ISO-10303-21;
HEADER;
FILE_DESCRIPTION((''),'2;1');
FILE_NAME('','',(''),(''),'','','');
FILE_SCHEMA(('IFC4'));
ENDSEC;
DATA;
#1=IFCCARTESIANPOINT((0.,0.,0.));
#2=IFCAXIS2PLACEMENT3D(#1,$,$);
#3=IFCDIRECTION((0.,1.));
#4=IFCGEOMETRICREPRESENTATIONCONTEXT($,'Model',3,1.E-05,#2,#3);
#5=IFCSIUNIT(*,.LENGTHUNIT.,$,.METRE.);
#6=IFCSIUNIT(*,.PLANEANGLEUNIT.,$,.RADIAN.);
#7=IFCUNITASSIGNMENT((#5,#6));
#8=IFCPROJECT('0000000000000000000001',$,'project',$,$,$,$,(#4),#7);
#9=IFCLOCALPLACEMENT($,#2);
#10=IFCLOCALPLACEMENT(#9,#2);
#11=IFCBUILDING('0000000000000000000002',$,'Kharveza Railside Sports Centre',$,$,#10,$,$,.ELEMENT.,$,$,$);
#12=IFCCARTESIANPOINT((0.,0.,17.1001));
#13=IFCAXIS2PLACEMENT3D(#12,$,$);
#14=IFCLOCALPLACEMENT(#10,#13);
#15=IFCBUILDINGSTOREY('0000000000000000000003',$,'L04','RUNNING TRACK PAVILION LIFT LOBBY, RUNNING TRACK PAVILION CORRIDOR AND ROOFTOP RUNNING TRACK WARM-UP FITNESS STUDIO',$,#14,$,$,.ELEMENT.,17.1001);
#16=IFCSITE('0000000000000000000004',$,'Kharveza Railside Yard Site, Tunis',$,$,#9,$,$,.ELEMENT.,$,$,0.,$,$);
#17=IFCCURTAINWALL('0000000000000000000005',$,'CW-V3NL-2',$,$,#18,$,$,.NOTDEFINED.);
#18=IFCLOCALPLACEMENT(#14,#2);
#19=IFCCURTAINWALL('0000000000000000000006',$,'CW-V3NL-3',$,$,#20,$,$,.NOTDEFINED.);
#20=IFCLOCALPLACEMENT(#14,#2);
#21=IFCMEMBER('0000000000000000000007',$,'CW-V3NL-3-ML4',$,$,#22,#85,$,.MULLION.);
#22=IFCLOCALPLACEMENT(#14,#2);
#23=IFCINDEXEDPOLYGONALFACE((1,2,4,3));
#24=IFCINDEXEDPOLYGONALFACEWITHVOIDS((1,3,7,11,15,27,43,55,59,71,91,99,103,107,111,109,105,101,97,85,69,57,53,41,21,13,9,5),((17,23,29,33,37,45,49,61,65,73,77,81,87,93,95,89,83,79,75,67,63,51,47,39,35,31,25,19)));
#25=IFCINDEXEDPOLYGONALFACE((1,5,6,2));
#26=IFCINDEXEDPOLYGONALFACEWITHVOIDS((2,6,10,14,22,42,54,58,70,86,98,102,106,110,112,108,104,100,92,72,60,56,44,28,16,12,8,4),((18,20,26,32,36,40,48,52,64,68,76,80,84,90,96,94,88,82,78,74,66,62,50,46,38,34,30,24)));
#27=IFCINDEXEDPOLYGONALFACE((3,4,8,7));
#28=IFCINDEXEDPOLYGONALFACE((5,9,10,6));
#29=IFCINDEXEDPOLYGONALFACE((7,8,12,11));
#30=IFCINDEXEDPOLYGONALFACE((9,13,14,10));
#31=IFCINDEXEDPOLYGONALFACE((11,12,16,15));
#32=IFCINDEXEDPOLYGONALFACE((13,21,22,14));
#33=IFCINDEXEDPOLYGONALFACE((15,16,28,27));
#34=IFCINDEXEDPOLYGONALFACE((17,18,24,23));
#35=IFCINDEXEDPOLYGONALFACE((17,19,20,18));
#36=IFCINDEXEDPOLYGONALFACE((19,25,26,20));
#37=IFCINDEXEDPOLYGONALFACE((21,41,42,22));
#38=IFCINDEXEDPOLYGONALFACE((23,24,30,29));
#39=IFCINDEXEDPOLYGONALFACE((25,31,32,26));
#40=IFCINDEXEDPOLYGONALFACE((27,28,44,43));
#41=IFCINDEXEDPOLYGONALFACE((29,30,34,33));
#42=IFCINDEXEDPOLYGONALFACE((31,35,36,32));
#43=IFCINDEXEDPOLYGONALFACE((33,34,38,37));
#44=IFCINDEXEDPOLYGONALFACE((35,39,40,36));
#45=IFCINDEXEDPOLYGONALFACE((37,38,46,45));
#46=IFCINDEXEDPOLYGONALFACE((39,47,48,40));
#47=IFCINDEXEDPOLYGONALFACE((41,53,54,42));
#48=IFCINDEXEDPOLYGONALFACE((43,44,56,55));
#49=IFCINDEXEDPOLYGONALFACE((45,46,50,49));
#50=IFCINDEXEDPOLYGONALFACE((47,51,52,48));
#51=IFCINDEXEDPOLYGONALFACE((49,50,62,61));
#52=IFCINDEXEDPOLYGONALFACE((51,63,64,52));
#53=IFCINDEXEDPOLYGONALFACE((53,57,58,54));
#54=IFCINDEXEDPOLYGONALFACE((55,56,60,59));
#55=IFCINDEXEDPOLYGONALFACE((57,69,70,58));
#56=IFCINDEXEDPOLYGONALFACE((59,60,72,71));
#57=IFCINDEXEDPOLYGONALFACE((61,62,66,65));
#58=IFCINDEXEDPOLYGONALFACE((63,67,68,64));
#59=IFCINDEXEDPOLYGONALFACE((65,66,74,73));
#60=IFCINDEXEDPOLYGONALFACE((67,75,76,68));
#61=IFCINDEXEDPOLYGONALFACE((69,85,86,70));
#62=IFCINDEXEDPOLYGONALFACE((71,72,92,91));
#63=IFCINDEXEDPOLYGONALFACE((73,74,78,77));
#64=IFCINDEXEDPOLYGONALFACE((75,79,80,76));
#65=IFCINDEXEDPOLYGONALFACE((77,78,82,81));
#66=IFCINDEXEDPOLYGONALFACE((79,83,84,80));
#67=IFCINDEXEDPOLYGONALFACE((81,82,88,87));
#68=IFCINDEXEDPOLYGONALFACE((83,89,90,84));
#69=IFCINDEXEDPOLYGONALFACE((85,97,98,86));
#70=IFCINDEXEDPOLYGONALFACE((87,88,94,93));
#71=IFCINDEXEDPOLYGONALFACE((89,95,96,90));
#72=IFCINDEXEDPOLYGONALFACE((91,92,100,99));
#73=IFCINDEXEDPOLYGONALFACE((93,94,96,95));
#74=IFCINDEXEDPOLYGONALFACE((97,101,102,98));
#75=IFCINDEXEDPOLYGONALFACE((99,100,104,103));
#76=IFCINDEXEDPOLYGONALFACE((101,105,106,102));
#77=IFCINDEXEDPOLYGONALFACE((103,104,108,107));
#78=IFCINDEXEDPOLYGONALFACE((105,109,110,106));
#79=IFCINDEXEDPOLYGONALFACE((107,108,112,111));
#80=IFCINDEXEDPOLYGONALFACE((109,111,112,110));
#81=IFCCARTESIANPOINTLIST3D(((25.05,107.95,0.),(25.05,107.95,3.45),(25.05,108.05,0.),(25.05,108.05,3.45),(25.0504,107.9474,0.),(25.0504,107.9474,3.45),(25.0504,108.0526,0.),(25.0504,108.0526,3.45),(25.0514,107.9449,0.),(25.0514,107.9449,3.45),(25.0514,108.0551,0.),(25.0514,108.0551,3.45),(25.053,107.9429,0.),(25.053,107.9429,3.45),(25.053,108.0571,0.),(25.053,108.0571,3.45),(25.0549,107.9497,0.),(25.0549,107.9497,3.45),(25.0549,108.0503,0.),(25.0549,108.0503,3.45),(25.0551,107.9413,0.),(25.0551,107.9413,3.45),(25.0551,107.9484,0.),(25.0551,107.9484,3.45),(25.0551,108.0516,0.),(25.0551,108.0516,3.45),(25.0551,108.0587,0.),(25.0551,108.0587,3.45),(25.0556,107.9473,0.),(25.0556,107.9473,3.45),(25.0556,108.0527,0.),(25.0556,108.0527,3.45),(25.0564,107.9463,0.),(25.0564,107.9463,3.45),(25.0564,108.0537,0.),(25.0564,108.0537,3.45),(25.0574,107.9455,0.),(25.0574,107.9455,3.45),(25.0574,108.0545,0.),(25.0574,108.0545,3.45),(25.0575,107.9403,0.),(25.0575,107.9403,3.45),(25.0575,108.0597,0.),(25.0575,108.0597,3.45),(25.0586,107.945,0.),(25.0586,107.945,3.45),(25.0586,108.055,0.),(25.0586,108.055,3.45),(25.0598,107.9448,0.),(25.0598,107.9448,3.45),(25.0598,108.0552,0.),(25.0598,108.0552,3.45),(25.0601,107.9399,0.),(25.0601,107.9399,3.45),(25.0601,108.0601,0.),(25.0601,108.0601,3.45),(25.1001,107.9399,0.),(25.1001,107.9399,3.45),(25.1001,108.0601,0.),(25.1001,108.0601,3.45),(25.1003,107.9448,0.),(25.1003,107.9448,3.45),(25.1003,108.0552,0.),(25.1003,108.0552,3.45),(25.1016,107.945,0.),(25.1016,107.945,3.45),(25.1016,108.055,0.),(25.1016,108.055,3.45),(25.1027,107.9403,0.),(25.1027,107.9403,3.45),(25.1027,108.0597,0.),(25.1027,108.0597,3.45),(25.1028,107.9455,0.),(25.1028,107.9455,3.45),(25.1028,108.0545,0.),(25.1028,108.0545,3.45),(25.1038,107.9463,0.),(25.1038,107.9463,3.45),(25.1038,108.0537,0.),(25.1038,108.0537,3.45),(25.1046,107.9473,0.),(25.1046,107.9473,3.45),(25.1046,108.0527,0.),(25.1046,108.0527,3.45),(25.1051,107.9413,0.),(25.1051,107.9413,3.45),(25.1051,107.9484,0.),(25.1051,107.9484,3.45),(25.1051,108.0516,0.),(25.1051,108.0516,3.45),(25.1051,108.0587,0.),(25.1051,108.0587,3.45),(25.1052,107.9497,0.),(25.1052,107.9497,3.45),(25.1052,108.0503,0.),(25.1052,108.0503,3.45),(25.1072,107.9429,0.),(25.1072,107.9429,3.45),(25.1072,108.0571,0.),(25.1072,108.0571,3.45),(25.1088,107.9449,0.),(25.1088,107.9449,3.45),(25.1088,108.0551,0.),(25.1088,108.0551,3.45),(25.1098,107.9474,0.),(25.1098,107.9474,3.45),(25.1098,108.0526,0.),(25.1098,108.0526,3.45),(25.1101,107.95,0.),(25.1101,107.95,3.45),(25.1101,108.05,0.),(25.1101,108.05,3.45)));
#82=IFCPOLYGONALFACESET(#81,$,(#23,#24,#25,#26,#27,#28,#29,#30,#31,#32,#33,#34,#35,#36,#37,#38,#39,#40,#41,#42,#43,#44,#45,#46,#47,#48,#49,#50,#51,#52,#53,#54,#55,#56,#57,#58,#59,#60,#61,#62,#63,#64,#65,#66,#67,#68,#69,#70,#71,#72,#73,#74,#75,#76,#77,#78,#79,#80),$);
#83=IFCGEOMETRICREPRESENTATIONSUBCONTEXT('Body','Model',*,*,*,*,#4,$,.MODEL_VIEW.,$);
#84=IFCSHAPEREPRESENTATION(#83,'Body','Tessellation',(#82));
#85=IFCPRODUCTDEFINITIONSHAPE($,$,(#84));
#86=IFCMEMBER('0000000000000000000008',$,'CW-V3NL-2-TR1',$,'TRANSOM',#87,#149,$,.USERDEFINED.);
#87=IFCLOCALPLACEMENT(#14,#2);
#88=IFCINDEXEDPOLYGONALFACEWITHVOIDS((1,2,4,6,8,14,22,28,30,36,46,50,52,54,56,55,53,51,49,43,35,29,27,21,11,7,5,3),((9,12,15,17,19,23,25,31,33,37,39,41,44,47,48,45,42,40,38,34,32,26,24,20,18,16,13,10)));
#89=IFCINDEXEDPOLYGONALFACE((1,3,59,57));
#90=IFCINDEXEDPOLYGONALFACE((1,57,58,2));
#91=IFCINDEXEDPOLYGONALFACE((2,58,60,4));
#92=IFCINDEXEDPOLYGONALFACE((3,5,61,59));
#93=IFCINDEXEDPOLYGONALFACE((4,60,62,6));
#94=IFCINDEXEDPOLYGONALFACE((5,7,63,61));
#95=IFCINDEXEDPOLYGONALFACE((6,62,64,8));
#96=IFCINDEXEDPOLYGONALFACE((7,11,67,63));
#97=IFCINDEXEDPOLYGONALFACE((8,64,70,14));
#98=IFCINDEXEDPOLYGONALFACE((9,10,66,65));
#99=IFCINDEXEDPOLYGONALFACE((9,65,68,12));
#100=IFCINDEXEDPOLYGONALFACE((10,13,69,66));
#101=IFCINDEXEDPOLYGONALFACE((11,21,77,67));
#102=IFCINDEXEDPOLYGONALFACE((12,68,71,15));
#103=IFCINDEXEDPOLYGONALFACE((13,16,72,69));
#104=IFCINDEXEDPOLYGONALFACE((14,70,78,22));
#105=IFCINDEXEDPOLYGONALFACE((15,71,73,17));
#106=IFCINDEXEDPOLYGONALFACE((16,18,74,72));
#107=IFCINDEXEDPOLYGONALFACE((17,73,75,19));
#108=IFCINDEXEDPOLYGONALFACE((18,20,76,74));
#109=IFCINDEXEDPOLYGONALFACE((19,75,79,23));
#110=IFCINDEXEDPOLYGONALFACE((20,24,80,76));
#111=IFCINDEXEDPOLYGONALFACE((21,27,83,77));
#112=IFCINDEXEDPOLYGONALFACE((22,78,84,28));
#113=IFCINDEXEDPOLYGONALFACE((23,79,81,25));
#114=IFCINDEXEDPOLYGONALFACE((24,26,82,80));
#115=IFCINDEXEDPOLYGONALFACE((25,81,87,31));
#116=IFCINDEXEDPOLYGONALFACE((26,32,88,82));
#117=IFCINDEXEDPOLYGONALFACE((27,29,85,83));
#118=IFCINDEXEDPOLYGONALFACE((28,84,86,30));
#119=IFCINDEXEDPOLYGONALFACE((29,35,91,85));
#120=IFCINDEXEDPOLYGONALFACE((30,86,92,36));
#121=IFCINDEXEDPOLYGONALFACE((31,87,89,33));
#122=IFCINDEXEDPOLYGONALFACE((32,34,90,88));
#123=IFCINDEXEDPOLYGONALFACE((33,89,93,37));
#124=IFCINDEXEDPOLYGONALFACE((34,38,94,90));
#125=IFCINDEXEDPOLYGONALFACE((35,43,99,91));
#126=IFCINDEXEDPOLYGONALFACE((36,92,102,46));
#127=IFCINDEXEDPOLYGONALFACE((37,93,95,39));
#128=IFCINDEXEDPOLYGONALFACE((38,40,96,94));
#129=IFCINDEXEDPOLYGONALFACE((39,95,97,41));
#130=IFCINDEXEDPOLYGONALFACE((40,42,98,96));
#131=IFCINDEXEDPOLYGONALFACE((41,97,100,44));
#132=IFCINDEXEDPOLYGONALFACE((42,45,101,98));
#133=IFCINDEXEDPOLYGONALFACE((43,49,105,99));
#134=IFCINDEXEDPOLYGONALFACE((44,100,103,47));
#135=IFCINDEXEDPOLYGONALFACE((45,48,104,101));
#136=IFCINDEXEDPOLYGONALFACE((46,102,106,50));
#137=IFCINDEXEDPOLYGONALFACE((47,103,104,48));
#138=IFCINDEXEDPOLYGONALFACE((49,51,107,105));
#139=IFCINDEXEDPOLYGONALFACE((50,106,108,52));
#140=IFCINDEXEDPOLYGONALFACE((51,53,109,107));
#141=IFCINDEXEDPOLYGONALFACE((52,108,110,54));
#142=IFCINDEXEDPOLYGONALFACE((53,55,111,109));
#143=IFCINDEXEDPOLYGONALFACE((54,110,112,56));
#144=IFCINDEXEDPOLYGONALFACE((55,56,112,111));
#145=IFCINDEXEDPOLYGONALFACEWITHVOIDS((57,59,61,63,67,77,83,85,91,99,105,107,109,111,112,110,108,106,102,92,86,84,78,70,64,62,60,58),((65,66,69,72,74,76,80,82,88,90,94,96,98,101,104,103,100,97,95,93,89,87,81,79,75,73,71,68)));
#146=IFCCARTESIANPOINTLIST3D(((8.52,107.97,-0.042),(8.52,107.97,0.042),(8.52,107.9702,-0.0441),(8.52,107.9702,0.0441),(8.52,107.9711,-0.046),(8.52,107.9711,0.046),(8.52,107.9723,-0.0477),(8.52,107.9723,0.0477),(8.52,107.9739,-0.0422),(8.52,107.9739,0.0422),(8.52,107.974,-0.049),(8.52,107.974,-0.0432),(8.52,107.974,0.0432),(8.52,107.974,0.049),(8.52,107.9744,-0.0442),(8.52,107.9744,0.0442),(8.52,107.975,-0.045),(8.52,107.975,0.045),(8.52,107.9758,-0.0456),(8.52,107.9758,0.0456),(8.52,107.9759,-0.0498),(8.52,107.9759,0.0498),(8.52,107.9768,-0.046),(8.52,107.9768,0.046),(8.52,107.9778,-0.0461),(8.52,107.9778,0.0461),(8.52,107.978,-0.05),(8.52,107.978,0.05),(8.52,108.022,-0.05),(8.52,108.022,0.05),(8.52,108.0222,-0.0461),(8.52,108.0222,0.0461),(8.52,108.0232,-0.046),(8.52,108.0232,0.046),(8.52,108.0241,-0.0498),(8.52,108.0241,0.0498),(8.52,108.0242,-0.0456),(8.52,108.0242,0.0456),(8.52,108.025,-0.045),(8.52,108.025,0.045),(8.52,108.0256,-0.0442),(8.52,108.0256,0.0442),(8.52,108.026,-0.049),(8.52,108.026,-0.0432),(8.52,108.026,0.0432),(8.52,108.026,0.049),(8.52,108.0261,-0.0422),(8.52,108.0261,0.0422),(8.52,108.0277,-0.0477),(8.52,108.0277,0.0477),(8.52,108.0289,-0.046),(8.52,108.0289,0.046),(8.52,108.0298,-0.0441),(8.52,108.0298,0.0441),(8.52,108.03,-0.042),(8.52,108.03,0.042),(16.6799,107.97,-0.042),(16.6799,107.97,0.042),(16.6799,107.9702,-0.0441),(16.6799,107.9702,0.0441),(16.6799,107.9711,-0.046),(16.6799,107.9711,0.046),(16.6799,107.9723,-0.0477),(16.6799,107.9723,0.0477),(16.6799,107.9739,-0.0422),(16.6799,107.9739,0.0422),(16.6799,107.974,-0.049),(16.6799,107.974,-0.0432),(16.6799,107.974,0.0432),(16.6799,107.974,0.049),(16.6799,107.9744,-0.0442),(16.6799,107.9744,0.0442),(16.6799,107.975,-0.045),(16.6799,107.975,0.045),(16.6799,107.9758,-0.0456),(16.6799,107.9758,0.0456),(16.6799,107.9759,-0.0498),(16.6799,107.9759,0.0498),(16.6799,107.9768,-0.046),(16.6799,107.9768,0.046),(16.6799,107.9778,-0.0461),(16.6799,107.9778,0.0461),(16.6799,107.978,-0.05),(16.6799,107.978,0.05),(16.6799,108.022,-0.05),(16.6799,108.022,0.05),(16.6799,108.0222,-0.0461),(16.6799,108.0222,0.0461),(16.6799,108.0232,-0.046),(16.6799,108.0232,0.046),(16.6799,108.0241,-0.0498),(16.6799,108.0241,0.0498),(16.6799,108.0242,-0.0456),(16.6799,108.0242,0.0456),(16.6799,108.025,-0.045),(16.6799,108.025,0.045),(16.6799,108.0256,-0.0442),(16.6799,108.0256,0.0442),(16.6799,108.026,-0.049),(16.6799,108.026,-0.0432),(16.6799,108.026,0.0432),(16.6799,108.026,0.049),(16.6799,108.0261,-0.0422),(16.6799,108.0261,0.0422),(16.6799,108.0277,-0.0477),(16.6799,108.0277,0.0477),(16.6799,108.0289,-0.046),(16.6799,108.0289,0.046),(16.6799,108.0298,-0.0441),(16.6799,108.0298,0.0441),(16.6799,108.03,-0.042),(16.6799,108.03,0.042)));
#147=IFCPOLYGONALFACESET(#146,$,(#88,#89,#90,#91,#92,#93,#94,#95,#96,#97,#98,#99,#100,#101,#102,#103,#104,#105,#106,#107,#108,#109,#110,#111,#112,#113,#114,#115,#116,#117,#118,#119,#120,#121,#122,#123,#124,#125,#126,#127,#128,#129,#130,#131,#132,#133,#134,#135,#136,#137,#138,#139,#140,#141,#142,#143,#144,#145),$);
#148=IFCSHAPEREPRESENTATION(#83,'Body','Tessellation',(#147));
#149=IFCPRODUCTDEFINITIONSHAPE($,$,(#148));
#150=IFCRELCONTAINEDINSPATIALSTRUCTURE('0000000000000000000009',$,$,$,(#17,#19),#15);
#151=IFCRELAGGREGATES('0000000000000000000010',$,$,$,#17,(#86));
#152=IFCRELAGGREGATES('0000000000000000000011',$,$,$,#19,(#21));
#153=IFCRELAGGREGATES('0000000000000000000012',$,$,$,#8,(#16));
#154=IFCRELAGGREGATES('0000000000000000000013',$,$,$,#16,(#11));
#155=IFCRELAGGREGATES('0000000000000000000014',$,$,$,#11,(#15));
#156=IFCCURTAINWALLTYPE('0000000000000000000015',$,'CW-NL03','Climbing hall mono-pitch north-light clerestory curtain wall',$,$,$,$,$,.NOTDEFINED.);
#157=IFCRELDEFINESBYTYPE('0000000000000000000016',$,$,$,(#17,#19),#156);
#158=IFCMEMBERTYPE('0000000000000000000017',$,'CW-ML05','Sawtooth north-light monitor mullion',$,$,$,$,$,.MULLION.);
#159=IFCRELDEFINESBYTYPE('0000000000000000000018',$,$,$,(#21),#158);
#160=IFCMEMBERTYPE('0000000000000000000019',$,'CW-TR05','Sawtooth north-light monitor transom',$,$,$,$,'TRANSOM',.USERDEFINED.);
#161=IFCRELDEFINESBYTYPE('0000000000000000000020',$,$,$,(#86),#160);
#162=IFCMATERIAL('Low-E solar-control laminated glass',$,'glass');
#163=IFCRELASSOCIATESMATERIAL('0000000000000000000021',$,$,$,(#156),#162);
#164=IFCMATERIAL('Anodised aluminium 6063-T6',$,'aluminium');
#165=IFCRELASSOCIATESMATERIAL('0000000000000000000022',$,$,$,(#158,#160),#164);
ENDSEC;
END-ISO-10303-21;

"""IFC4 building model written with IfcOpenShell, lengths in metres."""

from ifc_helpers import new_model, si_unit, direction, frame, origin, origin_2d, place, context, subcontext, project, spatial, hollow_rectangle, extrude, material, material_profile, profile_set, type_object, element, aggregate, save


model = new_model("IFC4")

# Units and contexts
model_context = context("Model", 3, precision=1e-05, world=origin(), true_north=direction((0.0, 1.0)))
body_context = subcontext(model_context, "Body", "Model", "MODEL_VIEW")
ifc_project = project(units=[si_unit("LENGTHUNIT", "METRE"), si_unit("PLANEANGLEUNIT", "RADIAN")], contexts=[model_context])

# Site, building, storey
site_placement = place(None, origin())
site = spatial("IfcSite", under=ifc_project, at=site_placement, Name="Kharveza Railside Yard Site, Tunis", CompositionType="ELEMENT", RefElevation=0.0)
building_placement = place(site_placement, origin())
building = spatial("IfcBuilding", under=site, at=building_placement, Name="Kharveza Railside Sports Centre", CompositionType="ELEMENT")
storey_placement = place(building_placement, frame((0.0, 0.0, 17.1001)))
storey = spatial("IfcBuildingStorey", under=building, at=storey_placement, Name="L04", Description="RUNNING TRACK PAVILION LIFT LOBBY, RUNNING TRACK PAVILION CORRIDOR AND ROOFTOP RUNNING TRACK WARM-UP FITNESS STUDIO", CompositionType="ELEMENT", Elevation=17.1001)

# Curtain walls, member
ifc_material_1 = material(Name="Low-E solar-control laminated glass", Category="glass")
curtain_wall_type = type_object("IfcCurtainWallType", Name="CW-NL03", Description="Climbing hall mono-pitch north-light clerestory curtain wall", PredefinedType="NOTDEFINED", material=ifc_material_1)
curtain_wall_1_placement = place(storey_placement, origin())
curtain_wall_1 = element("IfcCurtainWall", 1, at=curtain_wall_1_placement, inside=storey, type_object=curtain_wall_type, Name="CW-V3NL-2", PredefinedType="NOTDEFINED")
ifc_material_2 = material(Name="Anodised aluminium 6063-T6", Category="aluminium")
ifc_material_profile_1 = material_profile(ifc_material_2, hollow_rectangle(XDim=0.0601, YDim=0.1201, WallThickness=0.0049, InnerFilletRadius=0.0049, OuterFilletRadius=0.01, at=origin_2d()), Name="RHS 60x120x5.0")
ifc_profile_set_1 = profile_set([ifc_material_profile_1], Name="Anodised aluminium 6063-T6")
member_type_1 = type_object("IfcMemberType", Name="CW-ML05", Description="Sawtooth north-light monitor mullion", PredefinedType="MULLION", material=ifc_profile_set_1)
curtain_wall_2_placement = place(storey_placement, origin())
curtain_wall_2 = element("IfcCurtainWall", 2, at=curtain_wall_2_placement, inside=storey, type_object=curtain_wall_type, Name="CW-V3NL-3", PredefinedType="NOTDEFINED")
member_1_placement = place(storey_placement, frame((25.0801, 108.0, 0.0), z_axis=(0.0, 0.0, 1.0), x_axis=(1.0, 0.0, 0.0)))
member_1 = element("IfcMember", 3, at=member_1_placement, type_object=member_type_1, Name="CW-V3NL-3-ML4", PredefinedType="MULLION", context=body_context, shape_type="SweptSolid", body=[
    extrude(hollow_rectangle(XDim=0.0601, YDim=0.1201, WallThickness=0.0049, InnerFilletRadius=0.0049, OuterFilletRadius=0.01, at=origin_2d()), origin(), (0.0, 0.0, 1.0), 3.45),
])

# Member
ifc_material_profile_2 = material_profile(ifc_material_2, hollow_rectangle(XDim=0.0601, YDim=0.1001, WallThickness=0.0039, InnerFilletRadius=0.0039, OuterFilletRadius=0.0081, at=origin_2d()), Name="RHS 60x100x4.0")
ifc_profile_set_2 = profile_set([ifc_material_profile_2], Name="Anodised aluminium 6063-T6")
member_type_2 = type_object("IfcMemberType", Name="CW-TR05", Description="Sawtooth north-light monitor transom", ElementType="TRANSOM", PredefinedType="USERDEFINED", material=ifc_profile_set_2)
member_2_placement = place(storey_placement, frame((8.52, 108.0, 0.0), z_axis=(1.0, 0.0, 0.0), x_axis=(0.0, 1.0, 0.0)))
member_2 = element("IfcMember", 4, at=member_2_placement, type_object=member_type_2, Name="CW-V3NL-2-TR1", ObjectType="TRANSOM", PredefinedType="USERDEFINED", context=body_context, shape_type="SweptSolid", body=[
    extrude(hollow_rectangle(XDim=0.0601, YDim=0.1001, WallThickness=0.0039, InnerFilletRadius=0.0039, OuterFilletRadius=0.0081, at=origin_2d()), origin(), (0.0, 0.0, 1.0), 8.1599),
])

aggregate(curtain_wall_1, [member_2])
aggregate(curtain_wall_2, [member_1])

save(model, "model.ifc")
